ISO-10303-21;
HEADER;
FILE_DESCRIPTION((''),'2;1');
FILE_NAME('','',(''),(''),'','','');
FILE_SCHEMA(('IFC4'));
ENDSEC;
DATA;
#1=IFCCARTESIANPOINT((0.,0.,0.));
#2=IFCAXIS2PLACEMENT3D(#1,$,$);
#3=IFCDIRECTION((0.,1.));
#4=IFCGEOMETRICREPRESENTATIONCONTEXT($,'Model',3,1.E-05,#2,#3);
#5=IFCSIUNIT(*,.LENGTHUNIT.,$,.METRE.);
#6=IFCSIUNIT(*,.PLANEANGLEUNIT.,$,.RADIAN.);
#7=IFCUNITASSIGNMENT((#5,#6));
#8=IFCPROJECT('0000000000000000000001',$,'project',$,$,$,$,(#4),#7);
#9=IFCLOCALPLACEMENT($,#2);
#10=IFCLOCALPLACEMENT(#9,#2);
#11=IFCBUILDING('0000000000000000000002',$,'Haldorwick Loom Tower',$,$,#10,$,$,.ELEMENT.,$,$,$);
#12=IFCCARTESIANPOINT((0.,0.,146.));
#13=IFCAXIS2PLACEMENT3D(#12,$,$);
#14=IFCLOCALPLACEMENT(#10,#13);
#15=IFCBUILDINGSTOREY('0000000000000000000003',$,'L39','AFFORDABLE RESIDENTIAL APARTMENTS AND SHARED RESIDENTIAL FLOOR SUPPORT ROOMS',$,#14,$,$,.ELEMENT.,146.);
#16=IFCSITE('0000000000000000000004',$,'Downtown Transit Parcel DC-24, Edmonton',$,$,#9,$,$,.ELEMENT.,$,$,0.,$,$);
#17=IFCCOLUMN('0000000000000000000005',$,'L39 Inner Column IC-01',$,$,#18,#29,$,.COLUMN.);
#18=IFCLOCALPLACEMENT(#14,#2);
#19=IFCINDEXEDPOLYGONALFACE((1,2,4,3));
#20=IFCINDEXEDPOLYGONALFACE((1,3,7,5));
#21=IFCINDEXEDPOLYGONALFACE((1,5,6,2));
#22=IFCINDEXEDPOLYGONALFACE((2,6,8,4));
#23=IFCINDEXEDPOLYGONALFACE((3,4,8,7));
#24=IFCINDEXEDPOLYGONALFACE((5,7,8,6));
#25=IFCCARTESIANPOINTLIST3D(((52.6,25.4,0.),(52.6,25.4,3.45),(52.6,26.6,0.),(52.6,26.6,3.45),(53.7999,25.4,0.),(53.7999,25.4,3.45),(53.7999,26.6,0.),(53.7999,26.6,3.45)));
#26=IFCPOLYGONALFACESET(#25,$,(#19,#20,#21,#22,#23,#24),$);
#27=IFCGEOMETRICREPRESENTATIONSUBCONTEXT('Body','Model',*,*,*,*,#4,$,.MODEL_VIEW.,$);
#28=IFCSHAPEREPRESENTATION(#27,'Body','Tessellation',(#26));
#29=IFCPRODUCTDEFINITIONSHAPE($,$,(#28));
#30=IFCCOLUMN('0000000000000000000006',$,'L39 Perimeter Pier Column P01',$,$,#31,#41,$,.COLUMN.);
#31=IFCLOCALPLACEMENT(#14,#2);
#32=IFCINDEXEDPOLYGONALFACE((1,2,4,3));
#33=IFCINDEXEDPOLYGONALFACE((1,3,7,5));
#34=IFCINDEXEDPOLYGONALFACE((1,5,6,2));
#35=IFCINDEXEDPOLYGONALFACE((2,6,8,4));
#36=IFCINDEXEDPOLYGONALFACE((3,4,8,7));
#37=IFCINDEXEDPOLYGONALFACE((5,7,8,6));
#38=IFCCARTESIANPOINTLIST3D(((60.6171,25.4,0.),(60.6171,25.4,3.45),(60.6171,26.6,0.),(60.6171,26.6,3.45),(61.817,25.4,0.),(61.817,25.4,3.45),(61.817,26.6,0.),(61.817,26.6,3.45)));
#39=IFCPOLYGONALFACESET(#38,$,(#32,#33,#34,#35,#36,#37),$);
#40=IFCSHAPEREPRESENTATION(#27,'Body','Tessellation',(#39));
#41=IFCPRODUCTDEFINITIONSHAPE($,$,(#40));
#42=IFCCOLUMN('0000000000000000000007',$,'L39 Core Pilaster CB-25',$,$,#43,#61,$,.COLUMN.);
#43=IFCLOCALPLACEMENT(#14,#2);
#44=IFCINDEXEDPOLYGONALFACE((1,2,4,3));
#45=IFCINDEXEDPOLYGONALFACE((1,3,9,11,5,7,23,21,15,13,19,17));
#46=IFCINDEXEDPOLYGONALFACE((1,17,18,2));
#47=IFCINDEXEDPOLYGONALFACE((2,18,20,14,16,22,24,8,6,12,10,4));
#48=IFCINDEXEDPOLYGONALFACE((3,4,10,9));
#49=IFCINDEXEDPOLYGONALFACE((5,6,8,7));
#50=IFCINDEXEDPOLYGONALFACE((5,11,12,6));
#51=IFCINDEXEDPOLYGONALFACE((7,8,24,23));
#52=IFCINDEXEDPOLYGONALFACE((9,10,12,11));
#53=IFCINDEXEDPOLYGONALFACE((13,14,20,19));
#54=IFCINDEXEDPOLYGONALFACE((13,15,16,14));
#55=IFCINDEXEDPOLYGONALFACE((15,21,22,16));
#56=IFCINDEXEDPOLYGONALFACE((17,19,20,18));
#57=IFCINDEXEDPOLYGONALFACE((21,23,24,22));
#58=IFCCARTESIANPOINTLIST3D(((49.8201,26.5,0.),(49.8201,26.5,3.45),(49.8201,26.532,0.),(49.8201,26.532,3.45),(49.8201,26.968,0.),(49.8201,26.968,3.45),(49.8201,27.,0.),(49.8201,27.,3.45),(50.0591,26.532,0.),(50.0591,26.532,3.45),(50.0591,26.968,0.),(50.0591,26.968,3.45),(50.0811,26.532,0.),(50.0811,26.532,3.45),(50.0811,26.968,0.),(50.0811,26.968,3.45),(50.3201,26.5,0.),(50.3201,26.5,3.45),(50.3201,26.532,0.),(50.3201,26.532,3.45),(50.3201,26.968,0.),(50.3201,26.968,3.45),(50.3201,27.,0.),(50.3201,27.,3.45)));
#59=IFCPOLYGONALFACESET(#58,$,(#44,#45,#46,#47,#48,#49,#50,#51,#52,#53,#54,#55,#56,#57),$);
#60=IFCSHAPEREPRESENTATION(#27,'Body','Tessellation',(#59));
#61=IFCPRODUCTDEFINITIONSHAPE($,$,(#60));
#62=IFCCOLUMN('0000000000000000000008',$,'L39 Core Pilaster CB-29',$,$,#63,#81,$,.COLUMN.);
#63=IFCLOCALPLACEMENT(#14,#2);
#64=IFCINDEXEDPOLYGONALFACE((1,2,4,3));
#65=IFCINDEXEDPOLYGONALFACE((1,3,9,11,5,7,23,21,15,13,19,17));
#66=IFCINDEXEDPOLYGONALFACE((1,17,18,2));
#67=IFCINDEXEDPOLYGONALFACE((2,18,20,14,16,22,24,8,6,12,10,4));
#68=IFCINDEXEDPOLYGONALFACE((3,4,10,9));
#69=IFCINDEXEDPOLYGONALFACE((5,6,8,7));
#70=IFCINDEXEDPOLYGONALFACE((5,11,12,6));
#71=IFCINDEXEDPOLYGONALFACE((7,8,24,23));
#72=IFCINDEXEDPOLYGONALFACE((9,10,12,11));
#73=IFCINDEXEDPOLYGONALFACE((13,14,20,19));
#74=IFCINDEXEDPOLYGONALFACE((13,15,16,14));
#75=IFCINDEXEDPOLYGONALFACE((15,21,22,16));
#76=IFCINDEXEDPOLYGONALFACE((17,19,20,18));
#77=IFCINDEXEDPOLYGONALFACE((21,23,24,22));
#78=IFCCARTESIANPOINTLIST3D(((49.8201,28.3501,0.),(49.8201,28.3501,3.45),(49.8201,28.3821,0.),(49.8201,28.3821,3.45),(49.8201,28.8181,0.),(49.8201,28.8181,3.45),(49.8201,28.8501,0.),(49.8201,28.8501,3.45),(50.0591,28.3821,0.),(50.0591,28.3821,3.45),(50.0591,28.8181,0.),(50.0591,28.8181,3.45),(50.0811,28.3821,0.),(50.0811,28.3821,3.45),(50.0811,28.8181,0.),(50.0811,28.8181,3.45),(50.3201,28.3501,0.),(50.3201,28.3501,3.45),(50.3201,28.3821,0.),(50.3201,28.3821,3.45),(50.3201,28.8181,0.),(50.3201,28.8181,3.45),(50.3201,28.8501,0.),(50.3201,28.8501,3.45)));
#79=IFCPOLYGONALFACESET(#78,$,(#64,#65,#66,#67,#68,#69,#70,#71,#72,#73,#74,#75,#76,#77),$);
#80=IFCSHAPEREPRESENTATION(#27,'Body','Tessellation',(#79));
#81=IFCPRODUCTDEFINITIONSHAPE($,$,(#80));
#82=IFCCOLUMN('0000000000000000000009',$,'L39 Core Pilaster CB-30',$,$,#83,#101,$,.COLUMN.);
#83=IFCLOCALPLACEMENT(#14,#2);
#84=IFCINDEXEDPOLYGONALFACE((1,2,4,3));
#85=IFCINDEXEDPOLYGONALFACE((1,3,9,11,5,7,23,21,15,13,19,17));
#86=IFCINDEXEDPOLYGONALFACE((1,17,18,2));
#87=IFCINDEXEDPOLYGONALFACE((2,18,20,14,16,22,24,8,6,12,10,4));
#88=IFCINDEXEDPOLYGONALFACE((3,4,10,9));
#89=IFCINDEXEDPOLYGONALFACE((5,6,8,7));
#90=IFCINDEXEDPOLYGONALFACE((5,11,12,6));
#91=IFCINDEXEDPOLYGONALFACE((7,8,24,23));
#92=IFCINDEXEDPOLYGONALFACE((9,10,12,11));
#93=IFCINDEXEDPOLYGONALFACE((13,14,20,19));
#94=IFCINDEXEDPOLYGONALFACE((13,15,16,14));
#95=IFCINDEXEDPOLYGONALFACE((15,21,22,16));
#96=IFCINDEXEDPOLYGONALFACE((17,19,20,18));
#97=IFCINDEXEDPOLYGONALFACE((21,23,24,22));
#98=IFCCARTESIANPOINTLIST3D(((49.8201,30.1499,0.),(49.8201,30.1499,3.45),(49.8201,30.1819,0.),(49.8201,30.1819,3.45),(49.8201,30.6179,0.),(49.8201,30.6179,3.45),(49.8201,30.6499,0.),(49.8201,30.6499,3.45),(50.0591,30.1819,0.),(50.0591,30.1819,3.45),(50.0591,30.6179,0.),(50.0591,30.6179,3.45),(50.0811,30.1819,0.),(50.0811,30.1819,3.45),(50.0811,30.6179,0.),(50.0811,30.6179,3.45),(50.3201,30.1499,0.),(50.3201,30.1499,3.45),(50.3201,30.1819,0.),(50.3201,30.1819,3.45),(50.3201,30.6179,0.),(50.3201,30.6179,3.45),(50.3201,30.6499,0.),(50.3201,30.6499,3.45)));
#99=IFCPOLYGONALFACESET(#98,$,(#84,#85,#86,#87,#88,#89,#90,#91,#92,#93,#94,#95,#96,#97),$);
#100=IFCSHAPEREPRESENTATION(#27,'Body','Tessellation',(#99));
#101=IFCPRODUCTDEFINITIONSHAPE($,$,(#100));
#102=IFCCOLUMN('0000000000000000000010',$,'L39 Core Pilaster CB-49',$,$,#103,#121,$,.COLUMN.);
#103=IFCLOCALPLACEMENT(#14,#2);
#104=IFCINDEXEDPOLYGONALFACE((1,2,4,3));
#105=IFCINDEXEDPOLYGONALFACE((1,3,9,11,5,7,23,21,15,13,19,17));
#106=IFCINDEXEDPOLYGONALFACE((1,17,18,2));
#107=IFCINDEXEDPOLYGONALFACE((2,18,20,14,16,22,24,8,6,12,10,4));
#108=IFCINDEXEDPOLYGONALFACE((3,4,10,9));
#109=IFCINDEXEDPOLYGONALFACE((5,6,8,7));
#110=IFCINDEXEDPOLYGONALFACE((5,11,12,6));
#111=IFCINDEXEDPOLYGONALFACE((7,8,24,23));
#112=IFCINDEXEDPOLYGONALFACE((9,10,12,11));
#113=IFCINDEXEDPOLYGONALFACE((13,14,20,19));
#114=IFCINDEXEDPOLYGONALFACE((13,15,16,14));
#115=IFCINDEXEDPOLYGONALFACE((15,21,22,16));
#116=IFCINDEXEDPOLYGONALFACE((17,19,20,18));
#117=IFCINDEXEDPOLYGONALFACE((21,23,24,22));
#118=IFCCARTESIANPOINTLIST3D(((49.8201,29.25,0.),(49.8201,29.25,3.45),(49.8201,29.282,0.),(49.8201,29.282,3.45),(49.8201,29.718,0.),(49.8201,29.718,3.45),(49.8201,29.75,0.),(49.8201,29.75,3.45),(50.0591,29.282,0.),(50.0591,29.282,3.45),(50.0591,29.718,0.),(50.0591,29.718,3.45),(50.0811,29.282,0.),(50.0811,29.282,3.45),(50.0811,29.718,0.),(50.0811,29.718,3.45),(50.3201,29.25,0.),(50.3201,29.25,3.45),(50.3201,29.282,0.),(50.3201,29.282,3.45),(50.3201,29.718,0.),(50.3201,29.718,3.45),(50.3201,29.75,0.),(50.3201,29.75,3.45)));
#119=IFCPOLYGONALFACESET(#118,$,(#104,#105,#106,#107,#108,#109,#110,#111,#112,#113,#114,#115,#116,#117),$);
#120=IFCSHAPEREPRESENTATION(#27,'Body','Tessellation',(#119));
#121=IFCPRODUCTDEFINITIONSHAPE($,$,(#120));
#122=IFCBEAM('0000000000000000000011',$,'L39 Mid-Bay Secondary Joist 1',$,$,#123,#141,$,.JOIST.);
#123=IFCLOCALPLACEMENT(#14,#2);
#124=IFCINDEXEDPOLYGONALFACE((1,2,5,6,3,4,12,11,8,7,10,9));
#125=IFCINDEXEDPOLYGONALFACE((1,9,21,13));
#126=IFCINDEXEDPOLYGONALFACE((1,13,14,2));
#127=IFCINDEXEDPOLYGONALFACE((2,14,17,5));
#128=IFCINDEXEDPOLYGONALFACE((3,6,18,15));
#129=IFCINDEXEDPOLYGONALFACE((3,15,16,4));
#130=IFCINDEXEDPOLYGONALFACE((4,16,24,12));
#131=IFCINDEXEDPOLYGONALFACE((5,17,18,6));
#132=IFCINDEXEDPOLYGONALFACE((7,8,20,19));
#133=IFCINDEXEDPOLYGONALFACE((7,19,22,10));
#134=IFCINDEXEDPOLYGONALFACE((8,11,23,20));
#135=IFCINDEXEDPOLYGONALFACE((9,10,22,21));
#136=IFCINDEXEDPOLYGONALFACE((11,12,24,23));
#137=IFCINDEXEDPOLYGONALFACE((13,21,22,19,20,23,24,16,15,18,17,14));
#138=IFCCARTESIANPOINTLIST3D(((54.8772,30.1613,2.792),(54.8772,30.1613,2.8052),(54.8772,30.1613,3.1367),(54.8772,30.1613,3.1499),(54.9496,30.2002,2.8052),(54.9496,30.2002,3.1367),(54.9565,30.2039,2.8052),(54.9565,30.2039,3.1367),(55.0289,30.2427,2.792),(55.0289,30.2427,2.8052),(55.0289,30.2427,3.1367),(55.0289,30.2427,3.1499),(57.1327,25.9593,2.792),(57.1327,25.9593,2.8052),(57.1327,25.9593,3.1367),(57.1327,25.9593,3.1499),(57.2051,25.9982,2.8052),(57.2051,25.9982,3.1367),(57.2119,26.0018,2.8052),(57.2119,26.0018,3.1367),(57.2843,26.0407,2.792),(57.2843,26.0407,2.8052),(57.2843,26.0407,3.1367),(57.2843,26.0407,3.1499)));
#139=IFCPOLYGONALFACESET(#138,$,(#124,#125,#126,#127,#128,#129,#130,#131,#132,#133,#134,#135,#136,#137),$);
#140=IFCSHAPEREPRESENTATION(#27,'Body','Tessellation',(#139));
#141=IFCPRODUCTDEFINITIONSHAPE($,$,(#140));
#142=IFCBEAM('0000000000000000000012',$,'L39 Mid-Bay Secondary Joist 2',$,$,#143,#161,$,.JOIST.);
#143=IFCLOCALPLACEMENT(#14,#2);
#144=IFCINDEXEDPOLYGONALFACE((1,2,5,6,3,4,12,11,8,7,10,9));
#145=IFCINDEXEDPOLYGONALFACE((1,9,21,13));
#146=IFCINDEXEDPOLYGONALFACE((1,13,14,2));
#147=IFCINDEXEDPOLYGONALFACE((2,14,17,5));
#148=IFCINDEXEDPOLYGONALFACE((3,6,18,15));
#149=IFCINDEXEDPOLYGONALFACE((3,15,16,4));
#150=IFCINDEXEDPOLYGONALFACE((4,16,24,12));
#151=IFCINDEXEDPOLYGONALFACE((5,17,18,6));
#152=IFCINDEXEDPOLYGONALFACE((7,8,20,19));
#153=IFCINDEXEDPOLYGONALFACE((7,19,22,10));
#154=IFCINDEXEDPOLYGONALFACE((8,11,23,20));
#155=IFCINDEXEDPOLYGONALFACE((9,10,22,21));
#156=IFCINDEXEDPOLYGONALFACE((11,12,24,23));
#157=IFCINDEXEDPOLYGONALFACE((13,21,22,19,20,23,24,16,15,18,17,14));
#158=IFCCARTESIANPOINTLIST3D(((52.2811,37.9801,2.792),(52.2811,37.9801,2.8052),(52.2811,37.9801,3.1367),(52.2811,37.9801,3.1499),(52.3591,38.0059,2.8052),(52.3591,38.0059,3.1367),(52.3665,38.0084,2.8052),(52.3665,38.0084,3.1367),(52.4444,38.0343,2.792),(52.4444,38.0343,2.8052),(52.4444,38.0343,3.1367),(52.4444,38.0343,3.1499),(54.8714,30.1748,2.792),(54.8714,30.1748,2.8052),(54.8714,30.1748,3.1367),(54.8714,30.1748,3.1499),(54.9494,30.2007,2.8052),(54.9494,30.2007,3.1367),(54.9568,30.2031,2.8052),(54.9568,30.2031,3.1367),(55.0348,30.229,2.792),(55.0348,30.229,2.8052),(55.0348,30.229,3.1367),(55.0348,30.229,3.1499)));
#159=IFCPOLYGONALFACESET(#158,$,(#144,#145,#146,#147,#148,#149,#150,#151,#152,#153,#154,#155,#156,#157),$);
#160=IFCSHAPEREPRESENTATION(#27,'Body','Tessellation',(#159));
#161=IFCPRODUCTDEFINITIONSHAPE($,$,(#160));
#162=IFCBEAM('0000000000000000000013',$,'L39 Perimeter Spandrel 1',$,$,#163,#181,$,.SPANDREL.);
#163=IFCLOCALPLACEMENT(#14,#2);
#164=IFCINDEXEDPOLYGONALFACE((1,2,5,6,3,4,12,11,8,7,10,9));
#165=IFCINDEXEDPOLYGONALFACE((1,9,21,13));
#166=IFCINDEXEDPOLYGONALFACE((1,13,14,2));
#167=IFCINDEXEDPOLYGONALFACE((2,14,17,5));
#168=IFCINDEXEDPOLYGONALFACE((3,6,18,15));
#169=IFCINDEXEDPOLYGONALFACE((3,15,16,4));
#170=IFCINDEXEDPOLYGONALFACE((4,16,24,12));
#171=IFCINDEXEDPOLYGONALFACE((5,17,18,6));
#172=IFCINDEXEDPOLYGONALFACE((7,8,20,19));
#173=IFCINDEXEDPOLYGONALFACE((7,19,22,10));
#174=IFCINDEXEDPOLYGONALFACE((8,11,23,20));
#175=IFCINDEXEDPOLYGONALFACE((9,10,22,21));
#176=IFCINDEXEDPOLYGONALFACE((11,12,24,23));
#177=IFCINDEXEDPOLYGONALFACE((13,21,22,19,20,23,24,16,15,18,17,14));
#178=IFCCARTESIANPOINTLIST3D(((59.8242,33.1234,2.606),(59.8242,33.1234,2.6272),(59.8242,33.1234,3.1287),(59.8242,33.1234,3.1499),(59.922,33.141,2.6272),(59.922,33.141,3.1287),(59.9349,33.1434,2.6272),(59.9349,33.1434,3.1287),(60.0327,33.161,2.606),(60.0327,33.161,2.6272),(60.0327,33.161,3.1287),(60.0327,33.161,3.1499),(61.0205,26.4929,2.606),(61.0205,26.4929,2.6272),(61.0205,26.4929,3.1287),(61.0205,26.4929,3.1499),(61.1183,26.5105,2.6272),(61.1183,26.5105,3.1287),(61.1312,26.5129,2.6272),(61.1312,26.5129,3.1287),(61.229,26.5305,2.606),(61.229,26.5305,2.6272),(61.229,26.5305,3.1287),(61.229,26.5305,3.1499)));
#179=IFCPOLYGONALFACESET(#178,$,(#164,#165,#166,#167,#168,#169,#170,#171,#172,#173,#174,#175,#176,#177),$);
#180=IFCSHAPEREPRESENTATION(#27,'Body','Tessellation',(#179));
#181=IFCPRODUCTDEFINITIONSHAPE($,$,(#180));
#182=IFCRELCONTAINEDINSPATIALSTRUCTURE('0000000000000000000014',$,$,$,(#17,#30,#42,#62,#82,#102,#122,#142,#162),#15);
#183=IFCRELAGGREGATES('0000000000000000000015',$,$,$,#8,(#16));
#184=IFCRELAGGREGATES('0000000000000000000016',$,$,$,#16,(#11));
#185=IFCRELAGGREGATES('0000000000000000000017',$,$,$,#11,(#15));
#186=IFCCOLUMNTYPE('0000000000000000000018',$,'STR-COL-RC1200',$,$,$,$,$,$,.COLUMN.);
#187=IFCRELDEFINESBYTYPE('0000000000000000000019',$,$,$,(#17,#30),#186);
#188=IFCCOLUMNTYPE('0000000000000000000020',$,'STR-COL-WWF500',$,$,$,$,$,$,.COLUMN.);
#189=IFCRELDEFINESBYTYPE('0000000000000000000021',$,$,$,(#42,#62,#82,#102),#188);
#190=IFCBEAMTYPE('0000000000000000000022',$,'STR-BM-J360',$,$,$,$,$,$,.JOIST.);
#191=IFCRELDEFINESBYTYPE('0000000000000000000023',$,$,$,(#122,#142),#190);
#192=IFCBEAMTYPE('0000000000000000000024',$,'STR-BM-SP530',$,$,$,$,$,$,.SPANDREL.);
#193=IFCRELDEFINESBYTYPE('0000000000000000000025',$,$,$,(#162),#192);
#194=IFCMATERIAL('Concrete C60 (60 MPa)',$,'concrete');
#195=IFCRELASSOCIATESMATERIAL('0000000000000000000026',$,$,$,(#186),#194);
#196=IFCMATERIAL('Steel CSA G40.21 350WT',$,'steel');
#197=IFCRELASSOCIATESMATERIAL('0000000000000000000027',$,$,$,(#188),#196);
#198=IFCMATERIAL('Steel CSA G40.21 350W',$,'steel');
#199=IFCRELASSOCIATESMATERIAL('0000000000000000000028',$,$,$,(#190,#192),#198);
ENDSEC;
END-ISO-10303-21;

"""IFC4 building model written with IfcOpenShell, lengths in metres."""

from ifc_helpers import new_model, si_unit, direction, frame, origin, origin_2d, place, context, subcontext, project, spatial, rectangle, i_section, extrude, material, material_profile, profile_set, type_object, element, save


model = new_model("IFC4")

# Units and contexts
model_context = context("Model", 3, precision=1e-05, world=origin(), true_north=direction((0.0, 1.0)))
body_context = subcontext(model_context, "Body", "Model", "MODEL_VIEW")
ifc_project = project(units=[si_unit("LENGTHUNIT", "METRE"), si_unit("PLANEANGLEUNIT", "RADIAN")], contexts=[model_context])

# Site, building, storey
site_placement = place(None, origin())
site = spatial("IfcSite", under=ifc_project, at=site_placement, Name="Downtown Transit Parcel DC-24, Edmonton", CompositionType="ELEMENT", RefElevation=0.0)
building_placement = place(site_placement, origin())
building = spatial("IfcBuilding", under=site, at=building_placement, Name="Haldorwick Loom Tower", CompositionType="ELEMENT")
storey_placement = place(building_placement, frame((0.0, 0.0, 146.0)))
storey = spatial("IfcBuildingStorey", under=building, at=storey_placement, Name="L39", Description="AFFORDABLE RESIDENTIAL APARTMENTS AND SHARED RESIDENTIAL FLOOR SUPPORT ROOMS", CompositionType="ELEMENT", Elevation=146.0)

# Columns
ifc_material_1 = material(Name="Concrete C60 (60 MPa)", Category="concrete")
ifc_material_profile_1 = material_profile(ifc_material_1, rectangle(XDim=1.2, YDim=1.2, at=origin_2d()), Name="RC1200X1200", Category="concrete")
ifc_profile_set_1 = profile_set([ifc_material_profile_1], Name="Concrete C60 (60 MPa)")
column_type_1 = type_object("IfcColumnType", Name="STR-COL-RC1200", PredefinedType="COLUMN", material=ifc_profile_set_1)
for number, where, z_axis, x_axis, name in (
    (1, (53.2, 26.0, 0.0), (0.0, 0.0, 1.0), (1.0, 0.0, 0.0), "L39 Inner Column IC-01"),
    (2, (61.217, 26.0, 0.0), (0.0, 0.0, 1.0), (1.0, 0.0, 0.0), "L39 Perimeter Pier Column P01"),
):
    element("IfcColumn", number, at=place(storey_placement, frame(where, z_axis=z_axis, x_axis=x_axis)), inside=storey, type_object=column_type_1, Name=name, PredefinedType="COLUMN", context=body_context, shape_type="SweptSolid", body=[
        extrude(rectangle(XDim=1.2, YDim=1.2, at=origin_2d()), origin(), (0.0, 0.0, 1.0), 3.45),
    ])
ifc_material_2 = material(Name="Steel CSA G40.21 350WT", Category="steel")
ifc_material_profile_2 = material_profile(ifc_material_2, i_section(OverallWidth=0.5, OverallDepth=0.5, WebThickness=0.022, FlangeThickness=0.032, at=origin_2d()), Name="WWF500X500", Category="steel")
ifc_profile_set_2 = profile_set([ifc_material_profile_2], Name="Steel CSA G40.21 350WT")
column_type_2 = type_object("IfcColumnType", Name="STR-COL-WWF500", PredefinedType="COLUMN", material=ifc_profile_set_2)
for number, where, z_axis, x_axis, name in (
    (3, (50.0701, 26.75, 0.0), (0.0, 0.0, 1.0), (1.0, 0.0, 0.0), "L39 Core Pilaster CB-25"),
    (4, (50.0701, 28.6001, 0.0), (0.0, 0.0, 1.0), (1.0, 0.0, 0.0), "L39 Core Pilaster CB-29"),
    (5, (50.0701, 30.3999, 0.0), (0.0, 0.0, 1.0), (1.0, 0.0, 0.0), "L39 Core Pilaster CB-30"),
    (6, (50.0701, 29.5, 0.0), (0.0, 0.0, 1.0), (1.0, 0.0, 0.0), "L39 Core Pilaster CB-49"),
):
    element("IfcColumn", number, at=place(storey_placement, frame(where, z_axis=z_axis, x_axis=x_axis)), inside=storey, type_object=column_type_2, Name=name, PredefinedType="COLUMN", context=body_context, shape_type="SweptSolid", body=[
        extrude(i_section(OverallWidth=0.5, OverallDepth=0.5, WebThickness=0.022, FlangeThickness=0.032, at=origin_2d()), origin(), (0.0, 0.0, 1.0), 3.45),
    ])

# Beams
ifc_material_3 = material(Name="Steel CSA G40.21 350W", Category="steel")
ifc_material_profile_3 = material_profile(ifc_material_3, i_section(OverallWidth=0.1721, OverallDepth=0.3579, WebThickness=0.0078, FlangeThickness=0.0132, at=origin_2d()), Name="W360X57", Category="steel")
ifc_profile_set_3 = profile_set([ifc_material_profile_3], Name="Steel CSA G40.21 350W")
beam_type_1 = type_object("IfcBeamType", Name="STR-BM-J360", PredefinedType="JOIST", material=ifc_profile_set_3)
beam_1_placement = place(storey_placement, frame((57.2085, 26.0, 2.9709), z_axis=(-0.47293, 0.8811, 0.0), x_axis=(-0.8811, -0.47293, 0.0)))
element("IfcBeam", 7, at=beam_1_placement, inside=storey, type_object=beam_type_1, Name="L39 Mid-Bay Secondary Joist 1", PredefinedType="JOIST", context=body_context, shape_type="SweptSolid", body=[
    extrude(i_section(OverallWidth=0.1721, OverallDepth=0.3579, WebThickness=0.0078, FlangeThickness=0.0132, at=origin_2d()), origin(), (0.0, 0.0, 1.0), 4.769),
])
beam_2_placement = place(storey_placement, frame((54.9531, 30.2019, 2.9709), z_axis=(-0.314981, 0.949098, 0.0), x_axis=(-0.949098, -0.314981, 0.0)))
element("IfcBeam", 8, at=beam_2_placement, inside=storey, type_object=beam_type_1, Name="L39 Mid-Bay Secondary Joist 2", PredefinedType="JOIST", context=body_context, shape_type="SweptSolid", body=[
    extrude(i_section(OverallWidth=0.1721, OverallDepth=0.3579, WebThickness=0.0078, FlangeThickness=0.0132, at=origin_2d()), origin(), (0.0, 0.0, 1.0), 8.2239),
])
ifc_material_profile_4 = material_profile(ifc_material_3, i_section(OverallWidth=0.2119, OverallDepth=0.5439, WebThickness=0.0132, FlangeThickness=0.0212, at=origin_2d()), Name="W530X123", Category="steel")
ifc_profile_set_4 = profile_set([ifc_material_profile_4], Name="Steel CSA G40.21 350W")
beam_type_2 = type_object("IfcBeamType", Name="STR-BM-SP530", PredefinedType="SPANDREL", material=ifc_profile_set_4)
beam_3_placement = place(storey_placement, frame((61.1248, 26.5117, 2.8779), z_axis=(-0.177559, 0.98411, 0.0), x_axis=(-0.98411, -0.177559, 0.0)))
element("IfcBeam", 9, at=beam_3_placement, inside=storey, type_object=beam_type_2, Name="L39 Perimeter Spandrel 1", PredefinedType="SPANDREL", context=body_context, shape_type="SweptSolid", body=[
    extrude(i_section(OverallWidth=0.2119, OverallDepth=0.5439, WebThickness=0.0132, FlangeThickness=0.0212, at=origin_2d()), origin(), (0.0, 0.0, 1.0), 6.7375),
])

save(model, "model.ifc")
